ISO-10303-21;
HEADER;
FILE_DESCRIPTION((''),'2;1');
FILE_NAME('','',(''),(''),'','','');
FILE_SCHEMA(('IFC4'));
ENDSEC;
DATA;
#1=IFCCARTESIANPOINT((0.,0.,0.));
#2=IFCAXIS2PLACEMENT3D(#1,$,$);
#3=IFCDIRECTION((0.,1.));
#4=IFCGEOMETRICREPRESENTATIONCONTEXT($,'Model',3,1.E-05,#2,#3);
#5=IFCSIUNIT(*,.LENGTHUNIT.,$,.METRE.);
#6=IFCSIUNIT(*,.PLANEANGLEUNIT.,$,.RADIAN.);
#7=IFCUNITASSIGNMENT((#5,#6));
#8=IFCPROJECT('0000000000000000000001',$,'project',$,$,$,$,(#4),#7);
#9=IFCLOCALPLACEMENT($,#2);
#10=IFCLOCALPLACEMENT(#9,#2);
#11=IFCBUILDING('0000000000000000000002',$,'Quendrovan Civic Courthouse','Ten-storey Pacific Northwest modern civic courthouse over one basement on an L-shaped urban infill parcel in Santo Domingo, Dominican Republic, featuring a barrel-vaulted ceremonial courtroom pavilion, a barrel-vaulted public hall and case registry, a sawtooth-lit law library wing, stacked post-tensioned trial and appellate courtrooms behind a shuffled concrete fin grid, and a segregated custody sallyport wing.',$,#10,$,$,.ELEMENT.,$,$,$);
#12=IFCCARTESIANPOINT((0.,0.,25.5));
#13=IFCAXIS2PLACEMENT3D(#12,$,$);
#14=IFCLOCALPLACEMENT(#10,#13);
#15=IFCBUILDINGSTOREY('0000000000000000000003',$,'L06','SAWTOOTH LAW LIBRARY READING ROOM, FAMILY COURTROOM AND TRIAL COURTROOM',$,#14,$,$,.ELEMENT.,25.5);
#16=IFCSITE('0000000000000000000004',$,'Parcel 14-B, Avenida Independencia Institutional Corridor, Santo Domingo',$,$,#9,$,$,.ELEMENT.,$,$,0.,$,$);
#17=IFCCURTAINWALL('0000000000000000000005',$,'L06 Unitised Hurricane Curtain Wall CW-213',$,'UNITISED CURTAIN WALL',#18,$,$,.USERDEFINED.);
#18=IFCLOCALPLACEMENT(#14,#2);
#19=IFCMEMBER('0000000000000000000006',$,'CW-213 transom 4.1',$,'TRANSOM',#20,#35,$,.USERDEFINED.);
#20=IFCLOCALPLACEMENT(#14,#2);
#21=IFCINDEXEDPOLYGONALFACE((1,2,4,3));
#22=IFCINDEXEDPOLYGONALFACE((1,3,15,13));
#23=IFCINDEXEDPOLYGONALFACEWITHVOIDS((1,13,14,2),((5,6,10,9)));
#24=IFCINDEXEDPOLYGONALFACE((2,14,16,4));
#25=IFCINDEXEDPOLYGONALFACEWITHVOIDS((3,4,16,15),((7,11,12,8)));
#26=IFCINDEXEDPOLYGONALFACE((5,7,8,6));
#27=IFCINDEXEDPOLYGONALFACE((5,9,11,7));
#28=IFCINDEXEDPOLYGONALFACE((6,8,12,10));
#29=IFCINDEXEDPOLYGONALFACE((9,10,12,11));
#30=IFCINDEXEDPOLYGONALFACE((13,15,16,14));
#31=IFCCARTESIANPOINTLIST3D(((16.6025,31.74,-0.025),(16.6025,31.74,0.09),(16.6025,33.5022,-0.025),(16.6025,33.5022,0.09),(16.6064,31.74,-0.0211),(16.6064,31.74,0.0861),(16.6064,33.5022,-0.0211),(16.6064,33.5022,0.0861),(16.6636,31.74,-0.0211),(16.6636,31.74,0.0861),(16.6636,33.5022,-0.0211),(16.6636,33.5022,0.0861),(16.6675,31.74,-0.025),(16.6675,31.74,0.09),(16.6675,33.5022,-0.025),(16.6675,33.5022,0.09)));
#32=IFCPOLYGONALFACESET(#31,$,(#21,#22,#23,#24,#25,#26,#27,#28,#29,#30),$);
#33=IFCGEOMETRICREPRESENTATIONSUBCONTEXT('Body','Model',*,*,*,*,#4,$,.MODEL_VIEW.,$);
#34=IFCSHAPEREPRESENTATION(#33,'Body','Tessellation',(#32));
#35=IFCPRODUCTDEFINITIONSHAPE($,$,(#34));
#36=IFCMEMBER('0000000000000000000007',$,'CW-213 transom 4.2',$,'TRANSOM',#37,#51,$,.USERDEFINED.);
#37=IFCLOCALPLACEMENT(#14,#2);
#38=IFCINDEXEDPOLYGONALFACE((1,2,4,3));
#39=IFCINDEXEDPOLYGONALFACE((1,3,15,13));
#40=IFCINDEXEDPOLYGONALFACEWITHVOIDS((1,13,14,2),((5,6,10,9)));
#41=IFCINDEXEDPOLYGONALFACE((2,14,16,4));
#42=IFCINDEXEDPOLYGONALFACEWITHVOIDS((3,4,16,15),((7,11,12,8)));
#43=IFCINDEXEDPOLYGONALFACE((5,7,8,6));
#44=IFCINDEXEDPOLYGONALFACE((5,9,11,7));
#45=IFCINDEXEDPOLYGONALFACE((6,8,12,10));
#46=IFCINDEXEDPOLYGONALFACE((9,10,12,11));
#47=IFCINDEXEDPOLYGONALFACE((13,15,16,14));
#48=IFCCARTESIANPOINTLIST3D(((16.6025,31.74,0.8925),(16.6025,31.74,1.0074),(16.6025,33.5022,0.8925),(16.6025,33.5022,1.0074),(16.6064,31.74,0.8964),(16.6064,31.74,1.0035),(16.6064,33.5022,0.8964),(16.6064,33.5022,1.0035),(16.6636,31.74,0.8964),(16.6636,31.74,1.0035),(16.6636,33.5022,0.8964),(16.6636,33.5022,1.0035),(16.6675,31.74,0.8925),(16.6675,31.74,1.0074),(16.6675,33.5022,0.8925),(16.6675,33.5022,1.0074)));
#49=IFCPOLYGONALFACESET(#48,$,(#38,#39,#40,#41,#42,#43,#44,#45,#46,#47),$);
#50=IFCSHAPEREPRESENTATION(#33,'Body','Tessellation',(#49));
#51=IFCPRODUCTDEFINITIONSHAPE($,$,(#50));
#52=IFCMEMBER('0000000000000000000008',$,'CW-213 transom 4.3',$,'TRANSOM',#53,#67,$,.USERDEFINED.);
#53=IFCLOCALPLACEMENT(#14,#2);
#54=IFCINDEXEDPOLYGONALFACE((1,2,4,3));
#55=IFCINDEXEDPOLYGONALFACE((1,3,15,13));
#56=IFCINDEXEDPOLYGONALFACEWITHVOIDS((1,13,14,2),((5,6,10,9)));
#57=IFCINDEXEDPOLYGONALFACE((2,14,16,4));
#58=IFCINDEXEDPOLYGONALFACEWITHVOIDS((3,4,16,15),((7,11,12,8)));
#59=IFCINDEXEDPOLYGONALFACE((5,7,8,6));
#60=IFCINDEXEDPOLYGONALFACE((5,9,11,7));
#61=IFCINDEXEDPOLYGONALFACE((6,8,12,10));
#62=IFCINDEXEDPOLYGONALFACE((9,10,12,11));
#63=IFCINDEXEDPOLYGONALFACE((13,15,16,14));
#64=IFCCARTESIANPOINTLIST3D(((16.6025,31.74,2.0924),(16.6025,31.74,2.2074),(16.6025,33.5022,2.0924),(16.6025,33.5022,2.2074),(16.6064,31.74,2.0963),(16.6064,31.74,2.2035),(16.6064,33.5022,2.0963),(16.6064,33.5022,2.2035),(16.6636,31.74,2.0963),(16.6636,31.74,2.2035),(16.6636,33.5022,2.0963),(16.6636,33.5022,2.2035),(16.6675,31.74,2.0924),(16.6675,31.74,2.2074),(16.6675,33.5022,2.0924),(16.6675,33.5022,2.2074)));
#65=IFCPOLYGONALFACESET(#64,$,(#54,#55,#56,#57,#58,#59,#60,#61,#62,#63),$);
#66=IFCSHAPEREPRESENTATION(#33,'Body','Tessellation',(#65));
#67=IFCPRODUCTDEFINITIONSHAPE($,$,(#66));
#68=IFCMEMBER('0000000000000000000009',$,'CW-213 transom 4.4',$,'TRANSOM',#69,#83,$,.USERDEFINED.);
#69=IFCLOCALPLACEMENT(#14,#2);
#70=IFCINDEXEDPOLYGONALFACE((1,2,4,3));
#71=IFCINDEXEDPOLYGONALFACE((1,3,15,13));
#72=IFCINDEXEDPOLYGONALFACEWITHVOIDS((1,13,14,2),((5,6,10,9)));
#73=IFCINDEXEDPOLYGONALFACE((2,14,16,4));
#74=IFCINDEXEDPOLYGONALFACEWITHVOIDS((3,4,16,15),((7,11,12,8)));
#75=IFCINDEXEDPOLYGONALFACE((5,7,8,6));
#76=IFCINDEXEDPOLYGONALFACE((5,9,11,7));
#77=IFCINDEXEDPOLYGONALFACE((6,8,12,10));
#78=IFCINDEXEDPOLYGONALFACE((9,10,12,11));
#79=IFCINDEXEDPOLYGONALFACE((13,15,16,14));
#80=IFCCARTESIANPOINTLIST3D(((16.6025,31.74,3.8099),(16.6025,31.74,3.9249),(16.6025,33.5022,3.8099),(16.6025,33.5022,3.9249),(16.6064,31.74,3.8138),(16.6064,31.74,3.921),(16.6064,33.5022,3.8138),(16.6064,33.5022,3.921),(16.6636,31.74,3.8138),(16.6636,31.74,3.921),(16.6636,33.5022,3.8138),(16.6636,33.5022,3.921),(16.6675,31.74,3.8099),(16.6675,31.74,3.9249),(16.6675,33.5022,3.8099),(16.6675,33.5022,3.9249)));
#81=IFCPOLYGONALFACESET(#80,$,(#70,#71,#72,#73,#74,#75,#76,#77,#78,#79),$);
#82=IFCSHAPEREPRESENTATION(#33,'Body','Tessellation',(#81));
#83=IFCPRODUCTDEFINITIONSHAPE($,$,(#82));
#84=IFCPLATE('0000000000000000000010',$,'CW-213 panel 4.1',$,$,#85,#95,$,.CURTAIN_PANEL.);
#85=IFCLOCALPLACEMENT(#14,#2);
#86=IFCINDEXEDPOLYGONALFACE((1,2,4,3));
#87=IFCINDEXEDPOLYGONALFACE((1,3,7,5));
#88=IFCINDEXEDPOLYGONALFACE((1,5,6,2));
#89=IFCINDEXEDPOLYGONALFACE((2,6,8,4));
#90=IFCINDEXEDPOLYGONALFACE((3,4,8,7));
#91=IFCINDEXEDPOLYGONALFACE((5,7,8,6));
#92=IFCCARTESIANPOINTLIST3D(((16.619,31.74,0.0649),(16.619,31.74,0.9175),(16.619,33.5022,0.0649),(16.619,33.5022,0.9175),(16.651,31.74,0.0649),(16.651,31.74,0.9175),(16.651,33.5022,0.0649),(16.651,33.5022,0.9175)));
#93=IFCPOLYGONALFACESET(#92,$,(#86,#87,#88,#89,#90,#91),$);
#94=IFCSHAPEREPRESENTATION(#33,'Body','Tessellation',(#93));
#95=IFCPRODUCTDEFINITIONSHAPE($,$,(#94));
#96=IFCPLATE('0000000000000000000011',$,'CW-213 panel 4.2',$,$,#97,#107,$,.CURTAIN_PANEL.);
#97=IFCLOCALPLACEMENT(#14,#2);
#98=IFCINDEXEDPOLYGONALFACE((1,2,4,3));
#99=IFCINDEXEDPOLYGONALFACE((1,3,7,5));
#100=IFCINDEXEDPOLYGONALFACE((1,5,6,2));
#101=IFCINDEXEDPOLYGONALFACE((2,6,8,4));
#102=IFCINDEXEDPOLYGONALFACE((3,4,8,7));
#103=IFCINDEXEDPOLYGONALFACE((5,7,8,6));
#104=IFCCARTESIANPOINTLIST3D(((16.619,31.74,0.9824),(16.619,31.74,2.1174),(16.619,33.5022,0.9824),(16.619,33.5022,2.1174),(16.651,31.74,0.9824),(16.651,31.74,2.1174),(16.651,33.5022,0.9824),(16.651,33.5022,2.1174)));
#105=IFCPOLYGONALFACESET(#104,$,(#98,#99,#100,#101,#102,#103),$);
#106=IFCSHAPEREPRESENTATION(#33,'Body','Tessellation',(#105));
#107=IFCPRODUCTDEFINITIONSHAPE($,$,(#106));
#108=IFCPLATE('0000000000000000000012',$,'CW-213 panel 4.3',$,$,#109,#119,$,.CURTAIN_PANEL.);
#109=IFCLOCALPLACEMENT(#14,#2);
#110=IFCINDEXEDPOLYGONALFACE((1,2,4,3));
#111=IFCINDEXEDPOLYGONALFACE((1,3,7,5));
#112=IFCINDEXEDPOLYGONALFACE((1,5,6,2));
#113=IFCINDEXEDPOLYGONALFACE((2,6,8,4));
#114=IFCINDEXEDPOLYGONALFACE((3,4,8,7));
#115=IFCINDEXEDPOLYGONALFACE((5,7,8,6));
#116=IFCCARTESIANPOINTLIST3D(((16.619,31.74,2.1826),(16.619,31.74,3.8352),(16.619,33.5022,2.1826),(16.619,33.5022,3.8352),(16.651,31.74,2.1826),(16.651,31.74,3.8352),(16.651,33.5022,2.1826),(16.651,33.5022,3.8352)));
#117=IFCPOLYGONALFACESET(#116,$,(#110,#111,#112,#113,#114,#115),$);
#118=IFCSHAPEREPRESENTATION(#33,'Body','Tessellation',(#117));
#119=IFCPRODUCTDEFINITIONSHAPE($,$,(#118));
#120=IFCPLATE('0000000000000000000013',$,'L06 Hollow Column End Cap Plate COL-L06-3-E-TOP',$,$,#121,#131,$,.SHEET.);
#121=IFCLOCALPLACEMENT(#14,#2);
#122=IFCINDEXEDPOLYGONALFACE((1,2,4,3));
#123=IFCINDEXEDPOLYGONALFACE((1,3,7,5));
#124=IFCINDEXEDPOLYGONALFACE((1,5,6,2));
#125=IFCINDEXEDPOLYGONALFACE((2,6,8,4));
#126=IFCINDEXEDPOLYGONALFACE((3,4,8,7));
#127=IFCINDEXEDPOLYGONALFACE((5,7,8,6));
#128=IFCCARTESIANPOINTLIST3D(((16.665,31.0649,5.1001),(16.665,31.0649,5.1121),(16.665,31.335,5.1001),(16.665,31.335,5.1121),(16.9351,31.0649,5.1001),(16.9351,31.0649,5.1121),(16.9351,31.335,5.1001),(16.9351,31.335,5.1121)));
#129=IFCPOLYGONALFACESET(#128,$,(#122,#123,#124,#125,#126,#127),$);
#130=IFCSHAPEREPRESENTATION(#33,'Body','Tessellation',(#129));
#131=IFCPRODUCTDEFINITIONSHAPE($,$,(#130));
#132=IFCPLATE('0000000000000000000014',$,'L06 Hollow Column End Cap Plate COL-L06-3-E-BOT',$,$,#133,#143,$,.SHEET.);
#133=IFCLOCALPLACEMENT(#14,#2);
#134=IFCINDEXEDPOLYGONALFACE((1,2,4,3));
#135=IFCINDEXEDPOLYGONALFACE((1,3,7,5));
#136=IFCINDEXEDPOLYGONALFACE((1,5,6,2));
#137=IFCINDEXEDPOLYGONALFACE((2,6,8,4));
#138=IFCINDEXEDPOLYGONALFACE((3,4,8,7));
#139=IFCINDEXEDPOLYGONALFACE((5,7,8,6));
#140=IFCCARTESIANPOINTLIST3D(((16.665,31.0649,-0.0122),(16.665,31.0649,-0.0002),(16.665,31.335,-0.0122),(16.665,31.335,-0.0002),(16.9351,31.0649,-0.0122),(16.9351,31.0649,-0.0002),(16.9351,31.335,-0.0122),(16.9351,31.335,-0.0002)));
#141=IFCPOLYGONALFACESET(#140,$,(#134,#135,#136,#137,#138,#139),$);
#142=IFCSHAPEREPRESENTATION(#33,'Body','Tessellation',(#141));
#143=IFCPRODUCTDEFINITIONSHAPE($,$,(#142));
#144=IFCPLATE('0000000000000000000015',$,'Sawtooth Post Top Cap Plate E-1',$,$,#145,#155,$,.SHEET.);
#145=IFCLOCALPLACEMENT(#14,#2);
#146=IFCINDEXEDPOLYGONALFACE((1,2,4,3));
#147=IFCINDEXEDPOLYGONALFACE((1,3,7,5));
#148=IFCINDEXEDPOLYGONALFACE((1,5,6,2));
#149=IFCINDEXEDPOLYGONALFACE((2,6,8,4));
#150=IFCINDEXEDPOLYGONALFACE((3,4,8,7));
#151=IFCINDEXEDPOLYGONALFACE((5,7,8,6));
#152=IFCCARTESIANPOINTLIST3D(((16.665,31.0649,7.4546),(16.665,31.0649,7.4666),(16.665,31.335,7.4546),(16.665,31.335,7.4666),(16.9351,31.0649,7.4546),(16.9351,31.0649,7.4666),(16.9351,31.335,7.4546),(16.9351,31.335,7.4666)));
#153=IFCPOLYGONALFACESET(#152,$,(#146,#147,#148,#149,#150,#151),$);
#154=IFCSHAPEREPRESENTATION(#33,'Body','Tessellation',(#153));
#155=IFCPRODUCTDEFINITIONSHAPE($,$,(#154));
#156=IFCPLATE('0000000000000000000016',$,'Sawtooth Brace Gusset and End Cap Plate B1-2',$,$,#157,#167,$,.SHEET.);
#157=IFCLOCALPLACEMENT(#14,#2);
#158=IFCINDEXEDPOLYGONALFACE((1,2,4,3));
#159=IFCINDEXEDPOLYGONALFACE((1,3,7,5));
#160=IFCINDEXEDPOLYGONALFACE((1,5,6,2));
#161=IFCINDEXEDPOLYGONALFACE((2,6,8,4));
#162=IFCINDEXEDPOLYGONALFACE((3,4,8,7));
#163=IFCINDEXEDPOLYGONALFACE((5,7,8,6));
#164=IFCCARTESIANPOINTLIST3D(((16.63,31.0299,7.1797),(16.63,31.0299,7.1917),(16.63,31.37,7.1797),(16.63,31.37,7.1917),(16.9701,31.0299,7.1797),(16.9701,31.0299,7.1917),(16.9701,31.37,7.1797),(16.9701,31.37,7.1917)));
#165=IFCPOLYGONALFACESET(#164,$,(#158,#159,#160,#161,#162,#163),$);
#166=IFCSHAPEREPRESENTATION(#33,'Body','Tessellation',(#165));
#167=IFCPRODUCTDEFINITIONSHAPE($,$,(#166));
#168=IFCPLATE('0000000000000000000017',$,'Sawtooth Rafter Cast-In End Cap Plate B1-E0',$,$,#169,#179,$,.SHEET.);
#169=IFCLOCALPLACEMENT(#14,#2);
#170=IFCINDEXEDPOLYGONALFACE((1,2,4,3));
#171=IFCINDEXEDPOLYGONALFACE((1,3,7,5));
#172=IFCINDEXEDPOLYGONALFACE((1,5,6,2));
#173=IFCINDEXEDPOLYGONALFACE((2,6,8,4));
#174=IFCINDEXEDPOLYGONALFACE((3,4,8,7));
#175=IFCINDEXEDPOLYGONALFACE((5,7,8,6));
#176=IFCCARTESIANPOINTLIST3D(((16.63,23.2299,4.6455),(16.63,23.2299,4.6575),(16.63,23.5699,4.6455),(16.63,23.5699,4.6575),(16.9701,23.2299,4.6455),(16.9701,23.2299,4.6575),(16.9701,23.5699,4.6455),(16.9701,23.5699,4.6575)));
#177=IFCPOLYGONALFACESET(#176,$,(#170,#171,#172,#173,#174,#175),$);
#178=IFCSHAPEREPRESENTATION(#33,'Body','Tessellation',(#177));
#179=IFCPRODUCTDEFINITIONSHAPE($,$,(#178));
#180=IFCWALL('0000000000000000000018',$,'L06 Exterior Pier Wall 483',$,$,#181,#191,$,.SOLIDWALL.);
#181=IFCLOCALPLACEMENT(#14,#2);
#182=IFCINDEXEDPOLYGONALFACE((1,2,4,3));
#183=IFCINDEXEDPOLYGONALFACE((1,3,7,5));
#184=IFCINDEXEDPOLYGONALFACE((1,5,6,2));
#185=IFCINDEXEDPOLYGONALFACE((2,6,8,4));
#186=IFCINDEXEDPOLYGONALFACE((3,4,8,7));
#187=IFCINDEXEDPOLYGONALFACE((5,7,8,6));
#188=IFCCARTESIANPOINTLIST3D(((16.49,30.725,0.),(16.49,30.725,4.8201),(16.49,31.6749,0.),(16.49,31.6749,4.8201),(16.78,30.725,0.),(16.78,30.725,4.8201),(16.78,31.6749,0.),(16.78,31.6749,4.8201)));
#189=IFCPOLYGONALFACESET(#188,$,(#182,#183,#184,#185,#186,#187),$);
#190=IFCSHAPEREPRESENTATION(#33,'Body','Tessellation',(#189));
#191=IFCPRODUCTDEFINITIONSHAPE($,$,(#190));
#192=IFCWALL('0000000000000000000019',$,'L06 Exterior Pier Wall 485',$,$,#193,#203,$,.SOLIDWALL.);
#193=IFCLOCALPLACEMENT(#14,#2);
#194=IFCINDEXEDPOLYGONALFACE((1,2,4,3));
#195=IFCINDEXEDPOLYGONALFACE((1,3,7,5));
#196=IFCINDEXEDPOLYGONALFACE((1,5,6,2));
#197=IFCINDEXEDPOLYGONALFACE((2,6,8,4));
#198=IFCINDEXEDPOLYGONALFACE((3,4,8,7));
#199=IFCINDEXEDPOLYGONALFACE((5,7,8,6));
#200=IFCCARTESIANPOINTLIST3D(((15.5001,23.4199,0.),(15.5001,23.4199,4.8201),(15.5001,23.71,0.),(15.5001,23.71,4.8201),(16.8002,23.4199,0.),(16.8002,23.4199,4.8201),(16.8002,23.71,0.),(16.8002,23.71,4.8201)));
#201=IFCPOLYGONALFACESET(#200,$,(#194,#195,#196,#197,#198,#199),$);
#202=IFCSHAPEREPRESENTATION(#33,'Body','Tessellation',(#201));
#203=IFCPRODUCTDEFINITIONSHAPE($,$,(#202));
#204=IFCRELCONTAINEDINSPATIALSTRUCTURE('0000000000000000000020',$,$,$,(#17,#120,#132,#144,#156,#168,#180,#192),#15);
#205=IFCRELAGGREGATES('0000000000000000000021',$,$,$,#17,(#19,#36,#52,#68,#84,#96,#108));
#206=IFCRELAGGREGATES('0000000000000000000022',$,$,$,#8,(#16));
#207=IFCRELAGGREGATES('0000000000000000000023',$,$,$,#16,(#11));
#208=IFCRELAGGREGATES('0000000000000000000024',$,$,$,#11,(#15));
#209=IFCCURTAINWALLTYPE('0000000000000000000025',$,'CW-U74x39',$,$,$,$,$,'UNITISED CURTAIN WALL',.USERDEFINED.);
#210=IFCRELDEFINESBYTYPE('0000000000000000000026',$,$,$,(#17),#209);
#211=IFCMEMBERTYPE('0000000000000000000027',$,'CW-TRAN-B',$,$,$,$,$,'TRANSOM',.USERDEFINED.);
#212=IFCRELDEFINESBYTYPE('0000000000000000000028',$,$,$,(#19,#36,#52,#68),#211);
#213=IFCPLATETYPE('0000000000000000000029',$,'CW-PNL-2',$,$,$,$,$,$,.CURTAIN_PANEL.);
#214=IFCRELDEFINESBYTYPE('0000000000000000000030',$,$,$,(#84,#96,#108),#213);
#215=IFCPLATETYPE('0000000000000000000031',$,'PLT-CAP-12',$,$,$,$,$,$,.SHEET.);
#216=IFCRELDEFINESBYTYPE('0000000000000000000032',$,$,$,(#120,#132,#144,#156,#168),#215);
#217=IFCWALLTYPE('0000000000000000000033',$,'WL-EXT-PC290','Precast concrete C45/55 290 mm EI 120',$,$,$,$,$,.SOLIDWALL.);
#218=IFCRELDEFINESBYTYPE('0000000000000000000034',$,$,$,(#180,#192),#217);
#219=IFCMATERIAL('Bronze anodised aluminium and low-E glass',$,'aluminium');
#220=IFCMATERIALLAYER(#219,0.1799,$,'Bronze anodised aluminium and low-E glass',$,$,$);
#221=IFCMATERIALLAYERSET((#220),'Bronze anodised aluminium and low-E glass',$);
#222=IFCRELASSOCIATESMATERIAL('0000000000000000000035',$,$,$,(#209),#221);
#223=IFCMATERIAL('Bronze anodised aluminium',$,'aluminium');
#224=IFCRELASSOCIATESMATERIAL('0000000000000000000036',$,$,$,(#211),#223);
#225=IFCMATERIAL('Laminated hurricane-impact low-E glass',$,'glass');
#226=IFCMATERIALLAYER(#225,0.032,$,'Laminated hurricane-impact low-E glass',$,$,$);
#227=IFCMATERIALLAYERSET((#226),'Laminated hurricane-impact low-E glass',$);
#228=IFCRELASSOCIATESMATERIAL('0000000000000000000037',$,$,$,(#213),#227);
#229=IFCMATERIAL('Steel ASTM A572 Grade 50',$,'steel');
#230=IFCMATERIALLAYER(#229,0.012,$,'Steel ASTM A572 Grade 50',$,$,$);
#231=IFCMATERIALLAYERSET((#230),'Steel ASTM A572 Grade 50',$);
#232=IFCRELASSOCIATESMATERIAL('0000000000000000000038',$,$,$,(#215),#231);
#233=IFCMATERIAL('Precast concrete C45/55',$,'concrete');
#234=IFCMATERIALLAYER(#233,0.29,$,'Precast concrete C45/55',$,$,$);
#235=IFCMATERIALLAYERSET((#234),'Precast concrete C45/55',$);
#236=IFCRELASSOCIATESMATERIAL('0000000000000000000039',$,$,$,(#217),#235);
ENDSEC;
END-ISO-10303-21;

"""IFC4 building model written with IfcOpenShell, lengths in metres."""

from ifc_helpers import new_model, si_unit, direction, frame, frame_2d, origin, origin_2d, place, context, subcontext, project, spatial, rectangle, hollow_rectangle, extrude, material, layer, layer_set, material_profile, profile_set, type_object, element, aggregate, save


model = new_model("IFC4")

# Units and contexts
model_context = context("Model", 3, precision=1e-05, world=origin(), true_north=direction((0.0, 1.0)))
body_context = subcontext(model_context, "Body", "Model", "MODEL_VIEW")
ifc_project = project(units=[si_unit("LENGTHUNIT", "METRE"), si_unit("PLANEANGLEUNIT", "RADIAN")], contexts=[model_context])

# Site, building, storey
site_placement = place(None, origin())
site = spatial("IfcSite", under=ifc_project, at=site_placement, Name="Parcel 14-B, Avenida Independencia Institutional Corridor, Santo Domingo", CompositionType="ELEMENT", RefElevation=0.0)
building_placement = place(site_placement, origin())
building = spatial("IfcBuilding", under=site, at=building_placement, Name="Quendrovan Civic Courthouse", Description="Ten-storey Pacific Northwest modern civic courthouse over one basement on an L-shaped urban infill parcel in Santo Domingo, Dominican Republic, featuring a barrel-vaulted ceremonial courtroom pavilion, a barrel-vaulted public hall and case registry, a sawtooth-lit law library wing, stacked post-tensioned trial and appellate courtrooms behind a shuffled concrete fin grid, and a segregated custody sallyport wing.", CompositionType="ELEMENT")
storey_placement = place(building_placement, frame((0.0, 0.0, 25.5)))
storey = spatial("IfcBuildingStorey", under=building, at=storey_placement, Name="L06", Description="SAWTOOTH LAW LIBRARY READING ROOM, FAMILY COURTROOM AND TRIAL COURTROOM", CompositionType="ELEMENT", Elevation=25.5)

# Shared definitions
ifc_material_1 = material(Name="Bronze anodised aluminium and low-E glass", Category="aluminium")
ifc_material_2 = material(Name="Bronze anodised aluminium", Category="aluminium")

# Curtain wall
ifc_layer_1 = layer(ifc_material_1, 0.1799, Name="Bronze anodised aluminium and low-E glass")
ifc_layer_set_1 = layer_set([ifc_layer_1], Name="Bronze anodised aluminium and low-E glass")
curtain_wall_type_1 = type_object("IfcCurtainWallType", Name="CW-U74x39", ElementType="UNITISED CURTAIN WALL", PredefinedType="USERDEFINED", material=ifc_layer_set_1)
curtain_wall_1_placement = place(storey_placement, origin())
curtain_wall_1 = element("IfcCurtainWall", 1, at=curtain_wall_1_placement, inside=storey, type_object=curtain_wall_type_1, Name="L06 Unitised Hurricane Curtain Wall CW-213", ObjectType="UNITISED CURTAIN WALL", PredefinedType="USERDEFINED")

# Members
ifc_material_profile_1 = material_profile(ifc_material_2, hollow_rectangle(XDim=0.0649, YDim=0.115, WallThickness=0.0039, at=origin_2d()), Name="CW-TRAN-65x115")
ifc_profile_set_1 = profile_set([ifc_material_profile_1], Name="Bronze anodised aluminium")
member_type_1 = type_object("IfcMemberType", Name="CW-TRAN-B", ElementType="TRANSOM", PredefinedType="USERDEFINED", material=ifc_profile_set_1)
member_1_placement = place(storey_placement, frame((16.635, 33.5022, 0.0325), z_axis=(0.0, -1.0, 0.0), x_axis=(1.0, 0.0, 0.0)))
member_1 = element("IfcMember", 2, at=member_1_placement, type_object=member_type_1, Name="CW-213 transom 4.1", ObjectType="TRANSOM", PredefinedType="USERDEFINED", context=body_context, shape_type="SweptSolid", body=[
    extrude(hollow_rectangle(XDim=0.0649, YDim=0.115, WallThickness=0.0039, at=origin_2d()), origin(), (0.0, 0.0, 1.0), 1.7622),
])
member_2_placement = place(storey_placement, frame((16.635, 33.5022, 0.95), z_axis=(0.0, -1.0, 0.0), x_axis=(1.0, 0.0, 0.0)))
member_2 = element("IfcMember", 3, at=member_2_placement, type_object=member_type_1, Name="CW-213 transom 4.2", ObjectType="TRANSOM", PredefinedType="USERDEFINED", context=body_context, shape_type="SweptSolid", body=[
    extrude(hollow_rectangle(XDim=0.0649, YDim=0.115, WallThickness=0.0039, at=origin_2d()), origin(), (0.0, 0.0, 1.0), 1.7622),
])
member_3_placement = place(storey_placement, frame((16.635, 33.5022, 2.1499), z_axis=(0.0, -1.0, 0.0), x_axis=(1.0, 0.0, 0.0)))
member_3 = element("IfcMember", 4, at=member_3_placement, type_object=member_type_1, Name="CW-213 transom 4.3", ObjectType="TRANSOM", PredefinedType="USERDEFINED", context=body_context, shape_type="SweptSolid", body=[
    extrude(hollow_rectangle(XDim=0.0649, YDim=0.115, WallThickness=0.0039, at=origin_2d()), origin(), (0.0, 0.0, 1.0), 1.7622),
])
member_4_placement = place(storey_placement, frame((16.635, 33.5022, 3.8674), z_axis=(0.0, -1.0, 0.0), x_axis=(1.0, 0.0, 0.0)))
member_4 = element("IfcMember", 5, at=member_4_placement, type_object=member_type_1, Name="CW-213 transom 4.4", ObjectType="TRANSOM", PredefinedType="USERDEFINED", context=body_context, shape_type="SweptSolid", body=[
    extrude(hollow_rectangle(XDim=0.0649, YDim=0.115, WallThickness=0.0039, at=origin_2d()), origin(), (0.0, 0.0, 1.0), 1.7622),
])

# Plates
ifc_material_3 = material(Name="Laminated hurricane-impact low-E glass", Category="glass")
ifc_layer_2 = layer(ifc_material_3, 0.032, Name="Laminated hurricane-impact low-E glass")
ifc_layer_set_2 = layer_set([ifc_layer_2], Name="Laminated hurricane-impact low-E glass")
plate_type_1 = type_object("IfcPlateType", Name="CW-PNL-2", PredefinedType="CURTAIN_PANEL", material=ifc_layer_set_2)
plate_1_placement = place(storey_placement, frame((16.635, 32.6211, 0.0649), z_axis=(0.0, 0.0, 1.0), x_axis=(0.0, -1.0, 0.0)))
plate_1 = element("IfcPlate", 6, at=plate_1_placement, type_object=plate_type_1, Name="CW-213 panel 4.1", PredefinedType="CURTAIN_PANEL", context=body_context, shape_type="SweptSolid", body=[
    extrude(rectangle(XDim=1.7622, YDim=0.032, at=origin_2d()), origin(), (0.0, 0.0, 1.0), 0.8525),
])
plate_2_placement = place(storey_placement, frame((16.635, 32.6211, 0.9824), z_axis=(0.0, 0.0, 1.0), x_axis=(0.0, -1.0, 0.0)))
plate_2 = element("IfcPlate", 7, at=plate_2_placement, type_object=plate_type_1, Name="CW-213 panel 4.2", PredefinedType="CURTAIN_PANEL", context=body_context, shape_type="SweptSolid", body=[
    extrude(rectangle(XDim=1.7622, YDim=0.032, at=origin_2d()), origin(), (0.0, 0.0, 1.0), 1.135),
])
plate_3_placement = place(storey_placement, frame((16.635, 32.6211, 2.1826), z_axis=(0.0, 0.0, 1.0), x_axis=(0.0, -1.0, 0.0)))
plate_3 = element("IfcPlate", 8, at=plate_3_placement, type_object=plate_type_1, Name="CW-213 panel 4.3", PredefinedType="CURTAIN_PANEL", context=body_context, shape_type="SweptSolid", body=[
    extrude(rectangle(XDim=1.7622, YDim=0.032, at=origin_2d()), origin(), (0.0, 0.0, 1.0), 1.6526),
])
aggregate(curtain_wall_1, [member_1, member_2, member_3, member_4, plate_1, plate_2, plate_3])

# Plates
ifc_material_4 = material(Name="Steel ASTM A572 Grade 50", Category="steel")
ifc_layer_3 = layer(ifc_material_4, 0.012, Name="Steel ASTM A572 Grade 50")
ifc_layer_set_3 = layer_set([ifc_layer_3], Name="Steel ASTM A572 Grade 50")
plate_type_2 = type_object("IfcPlateType", Name="PLT-CAP-12", PredefinedType="SHEET", material=ifc_layer_set_3)
for number, where, z_axis, x_axis, name in (
    (9, (16.8, 31.2, 5.1001), (0.0, 0.0, 1.0), (1.0, 0.0, 0.0), "L06 Hollow Column End Cap Plate COL-L06-3-E-TOP"),
    (10, (16.8, 31.2, -0.0122), (0.0, 0.0, 1.0), (1.0, 0.0, 0.0), "L06 Hollow Column End Cap Plate COL-L06-3-E-BOT"),
    (11, (16.8, 31.2, 7.4546), (0.0, 0.0, 1.0), (1.0, 0.0, 0.0), "Sawtooth Post Top Cap Plate E-1"),
):
    element("IfcPlate", number, at=place(storey_placement, frame(where, z_axis=z_axis, x_axis=x_axis)), inside=storey, type_object=plate_type_2, Name=name, PredefinedType="SHEET", context=body_context, shape_type="SweptSolid", body=[
        extrude(rectangle(XDim=0.27, YDim=0.27, at=origin_2d()), origin(), (0.0, 0.0, 1.0), 0.012),
    ])
for number, where, z_axis, x_axis, name in (
    (12, (16.8, 31.2, 7.1797), (0.0, 0.0, 1.0), (1.0, 0.0, 0.0), "Sawtooth Brace Gusset and End Cap Plate B1-2"),
    (13, (16.8, 23.3999, 4.6455), (0.0, 0.0, 1.0), (1.0, 0.0, 0.0), "Sawtooth Rafter Cast-In End Cap Plate B1-E0"),
):
    element("IfcPlate", number, at=place(storey_placement, frame(where, z_axis=z_axis, x_axis=x_axis)), inside=storey, type_object=plate_type_2, Name=name, PredefinedType="SHEET", context=body_context, shape_type="SweptSolid", body=[
        extrude(rectangle(XDim=0.3401, YDim=0.3401, at=origin_2d()), origin(), (0.0, 0.0, 1.0), 0.012),
    ])

# Walls
ifc_material_5 = material(Name="Precast concrete C45/55", Category="concrete")
ifc_layer_4 = layer(ifc_material_5, 0.29, Name="Precast concrete C45/55")
ifc_layer_set_4 = layer_set([ifc_layer_4], Name="Precast concrete C45/55")
wall_type_1 = type_object("IfcWallType", Name="WL-EXT-PC290", Description="Precast concrete C45/55 290 mm EI 120", PredefinedType="SOLIDWALL", material=ifc_layer_set_4)
wall_1_placement = place(storey_placement, frame((16.635, 31.675, 0.0), z_axis=(0.0, 0.0, 1.0), x_axis=(0.0, -1.0, 0.0)))
element("IfcWall", 14, at=wall_1_placement, inside=storey, type_object=wall_type_1, Name="L06 Exterior Pier Wall 483", PredefinedType="SOLIDWALL", context=body_context, shape_type="SweptSolid", body=[
    extrude(rectangle(XDim=0.95, YDim=0.29, at=frame_2d((0.4751, 0.0))), origin(), (0.0, 0.0, 1.0), 4.8201),
])
wall_2_placement = place(storey_placement, frame((16.8, 23.5649, 0.0), z_axis=(0.0, 0.0, 1.0), x_axis=(-1.0, 0.0, 0.0)))
element("IfcWall", 15, at=wall_2_placement, inside=storey, type_object=wall_type_1, Name="L06 Exterior Pier Wall 485", PredefinedType="SOLIDWALL", context=body_context, shape_type="SweptSolid", body=[
    extrude(rectangle(XDim=1.3, YDim=0.29, at=frame_2d((0.6499, 0.0))), origin(), (0.0, 0.0, 1.0), 4.8201),
])

save(model, "model.ifc")
